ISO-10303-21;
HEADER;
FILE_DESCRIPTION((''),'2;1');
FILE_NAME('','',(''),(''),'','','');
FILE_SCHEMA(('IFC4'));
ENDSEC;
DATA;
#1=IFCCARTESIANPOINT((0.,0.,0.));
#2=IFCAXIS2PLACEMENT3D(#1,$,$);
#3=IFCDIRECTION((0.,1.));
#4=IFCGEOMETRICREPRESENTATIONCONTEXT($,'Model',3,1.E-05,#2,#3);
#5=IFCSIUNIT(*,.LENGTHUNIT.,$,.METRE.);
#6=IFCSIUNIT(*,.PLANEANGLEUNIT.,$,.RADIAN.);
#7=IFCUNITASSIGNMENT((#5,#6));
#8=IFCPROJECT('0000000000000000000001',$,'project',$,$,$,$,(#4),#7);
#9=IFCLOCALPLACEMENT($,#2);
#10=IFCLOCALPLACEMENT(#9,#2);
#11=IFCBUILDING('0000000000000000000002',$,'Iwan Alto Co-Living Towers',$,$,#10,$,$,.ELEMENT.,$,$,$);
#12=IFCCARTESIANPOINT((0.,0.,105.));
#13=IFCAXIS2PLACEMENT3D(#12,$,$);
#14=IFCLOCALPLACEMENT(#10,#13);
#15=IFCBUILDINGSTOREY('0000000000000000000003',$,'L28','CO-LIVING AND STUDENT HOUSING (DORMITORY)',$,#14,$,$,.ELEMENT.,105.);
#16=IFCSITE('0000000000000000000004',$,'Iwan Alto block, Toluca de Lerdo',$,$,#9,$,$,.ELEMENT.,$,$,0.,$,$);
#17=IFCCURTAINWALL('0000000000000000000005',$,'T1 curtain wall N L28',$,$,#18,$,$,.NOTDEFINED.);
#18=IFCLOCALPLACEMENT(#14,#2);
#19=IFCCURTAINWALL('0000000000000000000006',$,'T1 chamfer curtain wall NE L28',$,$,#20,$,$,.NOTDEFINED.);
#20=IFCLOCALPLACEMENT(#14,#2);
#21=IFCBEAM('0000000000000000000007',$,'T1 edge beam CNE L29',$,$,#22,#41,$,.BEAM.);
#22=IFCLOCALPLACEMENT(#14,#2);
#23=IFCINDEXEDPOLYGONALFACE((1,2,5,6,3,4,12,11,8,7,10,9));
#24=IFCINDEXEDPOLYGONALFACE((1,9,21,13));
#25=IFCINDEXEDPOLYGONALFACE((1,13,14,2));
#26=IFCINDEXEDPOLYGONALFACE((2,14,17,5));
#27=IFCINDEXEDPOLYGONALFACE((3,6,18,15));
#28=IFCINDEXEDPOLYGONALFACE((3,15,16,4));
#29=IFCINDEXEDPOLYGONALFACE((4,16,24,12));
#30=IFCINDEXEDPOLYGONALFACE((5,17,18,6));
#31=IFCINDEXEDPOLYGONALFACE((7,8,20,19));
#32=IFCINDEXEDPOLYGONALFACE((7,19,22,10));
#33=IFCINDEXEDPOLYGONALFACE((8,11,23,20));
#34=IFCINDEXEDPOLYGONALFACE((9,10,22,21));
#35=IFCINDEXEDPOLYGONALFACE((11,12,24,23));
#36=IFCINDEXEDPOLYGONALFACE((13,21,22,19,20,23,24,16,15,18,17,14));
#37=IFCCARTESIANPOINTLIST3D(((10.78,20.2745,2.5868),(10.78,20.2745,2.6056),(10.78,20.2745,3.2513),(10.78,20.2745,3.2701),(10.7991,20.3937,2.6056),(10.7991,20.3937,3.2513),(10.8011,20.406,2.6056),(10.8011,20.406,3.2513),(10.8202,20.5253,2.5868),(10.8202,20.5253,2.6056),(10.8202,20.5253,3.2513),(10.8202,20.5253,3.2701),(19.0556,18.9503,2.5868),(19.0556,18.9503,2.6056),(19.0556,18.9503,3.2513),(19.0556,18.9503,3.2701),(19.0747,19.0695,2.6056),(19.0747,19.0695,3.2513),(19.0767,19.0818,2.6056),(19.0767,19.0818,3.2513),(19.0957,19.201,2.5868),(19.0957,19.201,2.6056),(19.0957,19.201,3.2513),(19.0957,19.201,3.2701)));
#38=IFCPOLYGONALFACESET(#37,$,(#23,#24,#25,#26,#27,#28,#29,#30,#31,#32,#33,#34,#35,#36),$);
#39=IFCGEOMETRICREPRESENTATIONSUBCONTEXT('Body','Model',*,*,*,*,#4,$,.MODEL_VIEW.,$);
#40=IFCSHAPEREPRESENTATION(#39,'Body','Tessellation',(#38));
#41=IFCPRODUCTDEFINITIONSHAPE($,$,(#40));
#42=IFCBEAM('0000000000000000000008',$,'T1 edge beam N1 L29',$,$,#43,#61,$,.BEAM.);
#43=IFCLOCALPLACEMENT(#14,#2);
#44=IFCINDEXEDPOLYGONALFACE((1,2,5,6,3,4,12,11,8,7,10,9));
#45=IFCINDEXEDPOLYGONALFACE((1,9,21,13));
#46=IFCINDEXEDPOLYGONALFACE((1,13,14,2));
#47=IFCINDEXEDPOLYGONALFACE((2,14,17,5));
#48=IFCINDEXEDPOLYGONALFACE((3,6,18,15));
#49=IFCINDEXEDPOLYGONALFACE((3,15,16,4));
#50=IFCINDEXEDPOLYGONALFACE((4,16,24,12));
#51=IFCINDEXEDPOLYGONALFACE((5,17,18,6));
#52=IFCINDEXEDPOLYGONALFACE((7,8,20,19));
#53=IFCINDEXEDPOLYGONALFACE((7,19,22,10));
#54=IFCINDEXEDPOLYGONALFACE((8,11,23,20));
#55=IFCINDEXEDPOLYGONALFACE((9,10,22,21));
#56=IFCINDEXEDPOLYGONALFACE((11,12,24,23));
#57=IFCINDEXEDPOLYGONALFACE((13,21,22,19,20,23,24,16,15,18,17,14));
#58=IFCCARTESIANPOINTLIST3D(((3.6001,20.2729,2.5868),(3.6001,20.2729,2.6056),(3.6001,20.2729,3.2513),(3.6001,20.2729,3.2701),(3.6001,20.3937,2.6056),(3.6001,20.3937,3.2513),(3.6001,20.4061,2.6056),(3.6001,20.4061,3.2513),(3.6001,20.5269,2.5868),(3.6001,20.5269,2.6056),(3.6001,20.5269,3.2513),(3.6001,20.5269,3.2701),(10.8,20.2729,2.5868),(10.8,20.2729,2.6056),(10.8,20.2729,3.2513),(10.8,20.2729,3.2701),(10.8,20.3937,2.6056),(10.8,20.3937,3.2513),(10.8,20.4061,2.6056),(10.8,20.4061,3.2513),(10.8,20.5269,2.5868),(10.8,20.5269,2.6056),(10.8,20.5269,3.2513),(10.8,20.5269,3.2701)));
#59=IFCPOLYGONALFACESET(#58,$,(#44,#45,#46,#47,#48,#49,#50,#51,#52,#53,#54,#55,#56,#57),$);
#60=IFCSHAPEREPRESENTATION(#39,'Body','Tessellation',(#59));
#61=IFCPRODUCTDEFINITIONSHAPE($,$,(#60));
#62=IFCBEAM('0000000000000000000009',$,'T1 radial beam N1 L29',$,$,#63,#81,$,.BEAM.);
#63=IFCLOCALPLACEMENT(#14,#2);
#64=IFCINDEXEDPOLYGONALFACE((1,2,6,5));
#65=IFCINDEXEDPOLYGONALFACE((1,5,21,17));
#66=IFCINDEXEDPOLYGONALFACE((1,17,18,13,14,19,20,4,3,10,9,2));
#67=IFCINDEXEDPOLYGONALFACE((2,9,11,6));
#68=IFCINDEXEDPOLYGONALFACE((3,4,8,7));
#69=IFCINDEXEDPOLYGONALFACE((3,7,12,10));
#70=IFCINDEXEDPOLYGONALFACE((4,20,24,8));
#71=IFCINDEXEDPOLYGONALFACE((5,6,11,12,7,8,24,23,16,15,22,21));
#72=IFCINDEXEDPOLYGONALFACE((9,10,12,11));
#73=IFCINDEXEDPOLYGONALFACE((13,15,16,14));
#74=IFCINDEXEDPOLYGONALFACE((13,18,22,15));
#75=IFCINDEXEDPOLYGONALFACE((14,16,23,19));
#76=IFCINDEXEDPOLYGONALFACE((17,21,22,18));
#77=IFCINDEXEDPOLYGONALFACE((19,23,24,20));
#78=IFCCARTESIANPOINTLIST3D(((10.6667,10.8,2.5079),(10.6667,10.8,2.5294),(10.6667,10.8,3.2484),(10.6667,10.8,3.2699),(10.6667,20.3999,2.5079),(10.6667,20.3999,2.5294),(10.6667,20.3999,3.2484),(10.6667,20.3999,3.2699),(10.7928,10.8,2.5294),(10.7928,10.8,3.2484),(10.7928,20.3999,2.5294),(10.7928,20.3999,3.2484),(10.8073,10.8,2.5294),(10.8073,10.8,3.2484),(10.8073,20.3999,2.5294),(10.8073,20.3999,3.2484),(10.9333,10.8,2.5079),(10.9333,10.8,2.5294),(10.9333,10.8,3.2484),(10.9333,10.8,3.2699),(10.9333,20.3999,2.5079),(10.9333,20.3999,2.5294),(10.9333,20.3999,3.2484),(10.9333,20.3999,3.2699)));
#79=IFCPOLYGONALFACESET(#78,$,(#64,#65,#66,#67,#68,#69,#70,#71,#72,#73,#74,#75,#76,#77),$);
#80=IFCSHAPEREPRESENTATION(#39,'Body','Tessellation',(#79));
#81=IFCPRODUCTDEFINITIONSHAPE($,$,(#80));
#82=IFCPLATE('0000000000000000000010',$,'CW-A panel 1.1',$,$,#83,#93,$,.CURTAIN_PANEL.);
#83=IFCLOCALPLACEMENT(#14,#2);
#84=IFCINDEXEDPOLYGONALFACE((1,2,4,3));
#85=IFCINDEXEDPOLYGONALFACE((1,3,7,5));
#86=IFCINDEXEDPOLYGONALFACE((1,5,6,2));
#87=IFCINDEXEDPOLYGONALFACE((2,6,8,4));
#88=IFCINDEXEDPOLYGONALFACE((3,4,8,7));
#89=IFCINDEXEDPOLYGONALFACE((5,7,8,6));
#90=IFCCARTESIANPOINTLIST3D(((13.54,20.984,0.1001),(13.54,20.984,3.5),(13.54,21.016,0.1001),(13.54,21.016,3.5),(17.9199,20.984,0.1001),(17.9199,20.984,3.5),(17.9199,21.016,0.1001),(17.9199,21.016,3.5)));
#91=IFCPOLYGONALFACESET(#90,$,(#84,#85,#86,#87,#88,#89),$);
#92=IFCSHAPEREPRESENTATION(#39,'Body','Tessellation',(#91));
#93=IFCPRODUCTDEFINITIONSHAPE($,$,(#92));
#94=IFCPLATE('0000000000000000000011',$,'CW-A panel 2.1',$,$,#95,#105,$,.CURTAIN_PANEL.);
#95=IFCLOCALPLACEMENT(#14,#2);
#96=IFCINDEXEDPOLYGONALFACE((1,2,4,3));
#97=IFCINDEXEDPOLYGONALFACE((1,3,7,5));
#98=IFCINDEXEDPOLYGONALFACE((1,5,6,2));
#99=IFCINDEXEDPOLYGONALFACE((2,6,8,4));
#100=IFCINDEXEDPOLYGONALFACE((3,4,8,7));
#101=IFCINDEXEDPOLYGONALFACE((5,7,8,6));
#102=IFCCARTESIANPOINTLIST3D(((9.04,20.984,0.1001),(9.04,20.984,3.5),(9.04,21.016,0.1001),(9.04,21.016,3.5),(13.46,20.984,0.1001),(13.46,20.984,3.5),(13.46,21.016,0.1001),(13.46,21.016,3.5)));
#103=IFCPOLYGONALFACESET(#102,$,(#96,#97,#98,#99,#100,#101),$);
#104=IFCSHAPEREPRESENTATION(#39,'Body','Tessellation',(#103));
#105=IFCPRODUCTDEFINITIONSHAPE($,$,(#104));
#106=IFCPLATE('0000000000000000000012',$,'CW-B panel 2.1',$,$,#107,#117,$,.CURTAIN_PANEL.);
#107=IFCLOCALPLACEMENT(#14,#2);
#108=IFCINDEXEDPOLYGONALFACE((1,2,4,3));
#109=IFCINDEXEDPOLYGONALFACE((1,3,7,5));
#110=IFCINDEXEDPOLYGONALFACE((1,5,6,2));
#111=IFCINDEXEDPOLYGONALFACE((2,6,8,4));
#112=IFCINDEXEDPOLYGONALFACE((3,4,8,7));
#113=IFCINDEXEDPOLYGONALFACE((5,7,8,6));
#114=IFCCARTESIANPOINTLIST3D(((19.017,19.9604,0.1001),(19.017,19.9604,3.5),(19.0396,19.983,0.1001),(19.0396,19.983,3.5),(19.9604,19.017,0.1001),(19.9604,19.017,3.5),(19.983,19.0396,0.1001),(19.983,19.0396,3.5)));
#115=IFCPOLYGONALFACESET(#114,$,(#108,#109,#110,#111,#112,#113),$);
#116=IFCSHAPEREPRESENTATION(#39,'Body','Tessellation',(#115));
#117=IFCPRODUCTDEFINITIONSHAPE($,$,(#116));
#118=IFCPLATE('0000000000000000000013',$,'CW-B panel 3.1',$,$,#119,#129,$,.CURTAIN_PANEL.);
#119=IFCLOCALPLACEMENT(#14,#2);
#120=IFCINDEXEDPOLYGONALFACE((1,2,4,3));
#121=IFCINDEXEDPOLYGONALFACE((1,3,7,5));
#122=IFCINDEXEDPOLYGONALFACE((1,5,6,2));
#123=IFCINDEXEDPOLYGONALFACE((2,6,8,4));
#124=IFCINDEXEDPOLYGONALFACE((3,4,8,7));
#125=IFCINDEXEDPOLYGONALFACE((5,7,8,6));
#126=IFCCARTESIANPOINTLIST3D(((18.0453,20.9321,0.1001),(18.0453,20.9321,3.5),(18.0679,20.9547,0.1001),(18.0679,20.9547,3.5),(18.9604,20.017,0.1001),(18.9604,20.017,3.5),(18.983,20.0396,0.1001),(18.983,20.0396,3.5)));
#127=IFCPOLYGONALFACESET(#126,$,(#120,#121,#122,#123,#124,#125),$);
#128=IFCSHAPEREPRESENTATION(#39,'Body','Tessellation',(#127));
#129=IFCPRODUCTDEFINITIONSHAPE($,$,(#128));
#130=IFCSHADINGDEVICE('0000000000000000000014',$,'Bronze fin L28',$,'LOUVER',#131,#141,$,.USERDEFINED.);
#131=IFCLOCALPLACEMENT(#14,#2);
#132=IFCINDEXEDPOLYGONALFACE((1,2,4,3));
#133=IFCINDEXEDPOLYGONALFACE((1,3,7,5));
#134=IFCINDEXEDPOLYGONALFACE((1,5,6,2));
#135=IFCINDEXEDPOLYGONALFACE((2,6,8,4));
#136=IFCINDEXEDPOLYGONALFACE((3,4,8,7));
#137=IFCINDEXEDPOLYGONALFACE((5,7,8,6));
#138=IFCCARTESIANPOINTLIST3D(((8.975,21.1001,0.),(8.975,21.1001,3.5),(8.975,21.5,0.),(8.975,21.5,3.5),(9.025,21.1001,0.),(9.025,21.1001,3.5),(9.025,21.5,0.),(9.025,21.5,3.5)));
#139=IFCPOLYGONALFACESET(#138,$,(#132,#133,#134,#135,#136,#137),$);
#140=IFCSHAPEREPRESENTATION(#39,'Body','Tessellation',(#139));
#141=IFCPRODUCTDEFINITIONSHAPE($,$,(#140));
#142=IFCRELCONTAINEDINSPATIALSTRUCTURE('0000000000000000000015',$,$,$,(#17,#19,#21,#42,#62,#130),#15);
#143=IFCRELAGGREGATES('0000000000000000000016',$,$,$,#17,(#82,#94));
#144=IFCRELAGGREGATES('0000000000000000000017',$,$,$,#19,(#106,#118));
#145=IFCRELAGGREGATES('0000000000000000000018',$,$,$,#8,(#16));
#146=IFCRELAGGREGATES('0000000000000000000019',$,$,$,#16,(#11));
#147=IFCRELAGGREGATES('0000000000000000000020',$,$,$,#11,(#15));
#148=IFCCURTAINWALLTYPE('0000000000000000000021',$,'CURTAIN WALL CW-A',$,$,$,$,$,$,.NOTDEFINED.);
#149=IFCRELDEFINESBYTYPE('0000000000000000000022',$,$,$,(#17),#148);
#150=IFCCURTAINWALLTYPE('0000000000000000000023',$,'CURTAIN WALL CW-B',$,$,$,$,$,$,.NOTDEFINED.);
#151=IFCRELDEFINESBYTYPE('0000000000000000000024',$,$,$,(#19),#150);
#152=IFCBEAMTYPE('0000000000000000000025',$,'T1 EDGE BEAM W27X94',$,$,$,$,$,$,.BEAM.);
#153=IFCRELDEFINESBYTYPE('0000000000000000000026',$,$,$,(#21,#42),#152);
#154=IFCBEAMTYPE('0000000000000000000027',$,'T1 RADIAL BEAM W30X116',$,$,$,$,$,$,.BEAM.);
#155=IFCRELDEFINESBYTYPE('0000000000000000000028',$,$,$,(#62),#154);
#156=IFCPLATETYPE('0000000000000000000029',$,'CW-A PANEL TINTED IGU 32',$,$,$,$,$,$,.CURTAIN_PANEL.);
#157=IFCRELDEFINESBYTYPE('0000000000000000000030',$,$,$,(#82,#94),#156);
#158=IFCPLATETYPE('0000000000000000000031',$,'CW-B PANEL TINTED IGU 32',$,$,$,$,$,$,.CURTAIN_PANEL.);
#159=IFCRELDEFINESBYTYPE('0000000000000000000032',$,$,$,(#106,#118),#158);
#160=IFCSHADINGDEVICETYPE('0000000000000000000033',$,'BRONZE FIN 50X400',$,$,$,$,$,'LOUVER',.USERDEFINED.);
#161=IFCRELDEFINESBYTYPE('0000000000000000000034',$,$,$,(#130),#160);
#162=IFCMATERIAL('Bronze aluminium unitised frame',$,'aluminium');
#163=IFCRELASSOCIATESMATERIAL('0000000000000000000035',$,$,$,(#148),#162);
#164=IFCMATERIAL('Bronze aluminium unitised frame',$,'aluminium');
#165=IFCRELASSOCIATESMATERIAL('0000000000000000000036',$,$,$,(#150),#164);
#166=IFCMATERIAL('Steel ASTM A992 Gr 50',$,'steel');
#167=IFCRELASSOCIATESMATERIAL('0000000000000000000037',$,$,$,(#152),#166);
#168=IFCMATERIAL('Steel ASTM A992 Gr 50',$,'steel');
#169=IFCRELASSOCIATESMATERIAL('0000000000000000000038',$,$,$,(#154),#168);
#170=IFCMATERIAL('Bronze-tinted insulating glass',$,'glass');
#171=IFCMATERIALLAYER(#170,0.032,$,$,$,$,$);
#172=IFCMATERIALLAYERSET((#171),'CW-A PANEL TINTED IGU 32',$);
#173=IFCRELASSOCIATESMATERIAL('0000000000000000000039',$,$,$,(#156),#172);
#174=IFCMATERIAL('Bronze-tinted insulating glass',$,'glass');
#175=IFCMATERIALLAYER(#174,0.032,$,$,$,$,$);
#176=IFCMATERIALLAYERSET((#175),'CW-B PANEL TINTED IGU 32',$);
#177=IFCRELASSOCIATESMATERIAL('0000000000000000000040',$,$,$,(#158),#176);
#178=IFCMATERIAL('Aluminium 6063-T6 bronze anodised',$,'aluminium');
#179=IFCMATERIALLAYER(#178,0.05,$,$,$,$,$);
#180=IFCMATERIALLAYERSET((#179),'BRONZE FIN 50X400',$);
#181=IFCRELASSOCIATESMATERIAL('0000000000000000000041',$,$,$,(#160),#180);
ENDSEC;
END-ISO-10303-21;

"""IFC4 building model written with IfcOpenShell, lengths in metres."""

from ifc_helpers import new_model, si_unit, direction, frame, origin, origin_2d, place, context, subcontext, project, spatial, rectangle, i_section, extrude, material, layer, layer_set, material_profile, profile_set, type_object, element, aggregate, save


model = new_model("IFC4")

# Units and contexts
model_context = context("Model", 3, precision=1e-05, world=origin(), true_north=direction((0.0, 1.0)))
body_context = subcontext(model_context, "Body", "Model", "MODEL_VIEW")
ifc_project = project(units=[si_unit("LENGTHUNIT", "METRE"), si_unit("PLANEANGLEUNIT", "RADIAN")], contexts=[model_context])

# Site, building, storey
site_placement = place(None, origin())
site = spatial("IfcSite", under=ifc_project, at=site_placement, Name="Iwan Alto block, Toluca de Lerdo", CompositionType="ELEMENT", RefElevation=0.0)
building_placement = place(site_placement, origin())
building = spatial("IfcBuilding", under=site, at=building_placement, Name="Iwan Alto Co-Living Towers", CompositionType="ELEMENT")
storey_placement = place(building_placement, frame((0.0, 0.0, 105.0)))
storey = spatial("IfcBuildingStorey", under=building, at=storey_placement, Name="L28", Description="CO-LIVING AND STUDENT HOUSING (DORMITORY)", CompositionType="ELEMENT", Elevation=105.0)

# Curtain walls
ifc_material_1 = material(Name="Bronze aluminium unitised frame", Category="aluminium")
curtain_wall_type_1 = type_object("IfcCurtainWallType", Name="CURTAIN WALL CW-A", PredefinedType="NOTDEFINED", material=ifc_material_1)
curtain_wall_1_placement = place(storey_placement, origin())
curtain_wall_1 = element("IfcCurtainWall", 1, at=curtain_wall_1_placement, inside=storey, type_object=curtain_wall_type_1, Name="T1 curtain wall N L28", PredefinedType="NOTDEFINED")
ifc_material_2 = material(Name="Bronze aluminium unitised frame", Category="aluminium")
curtain_wall_type_2 = type_object("IfcCurtainWallType", Name="CURTAIN WALL CW-B", PredefinedType="NOTDEFINED", material=ifc_material_2)
curtain_wall_2_placement = place(storey_placement, origin())
curtain_wall_2 = element("IfcCurtainWall", 2, at=curtain_wall_2_placement, inside=storey, type_object=curtain_wall_type_2, Name="T1 chamfer curtain wall NE L28", PredefinedType="NOTDEFINED")

# Beams
ifc_material_3 = material(Name="Steel ASTM A992 Gr 50", Category="steel")
ifc_material_profile_1 = material_profile(ifc_material_3, i_section(OverallWidth=0.2539, OverallDepth=0.6833, WebThickness=0.0125, FlangeThickness=0.0188, at=origin_2d()), Name="W27X94")
ifc_profile_set_1 = profile_set([ifc_material_profile_1], Name="Steel ASTM A992 Gr 50")
beam_type_1 = type_object("IfcBeamType", Name="T1 EDGE BEAM W27X94", PredefinedType="BEAM", material=ifc_profile_set_1)
beam_1_placement = place(storey_placement, frame((19.0757, 19.0757, 2.9285), z_axis=(-0.987438, 0.158004, 0.0), x_axis=(-0.158004, -0.987438, 0.0)))
element("IfcBeam", 3, at=beam_1_placement, inside=storey, type_object=beam_type_1, Name="T1 edge beam CNE L29", PredefinedType="BEAM", context=body_context, shape_type="SweptSolid", body=[
    extrude(i_section(OverallWidth=0.2539, OverallDepth=0.6833, WebThickness=0.0125, FlangeThickness=0.0188, at=origin_2d()), origin(), (0.0, 0.0, 1.0), 8.3809),
])
beam_2_placement = place(storey_placement, frame((10.8, 20.3999, 2.9285), z_axis=(-1.0, 0.0, 0.0), x_axis=(0.0, -1.0, 0.0)))
element("IfcBeam", 4, at=beam_2_placement, inside=storey, type_object=beam_type_1, Name="T1 edge beam N1 L29", PredefinedType="BEAM", context=body_context, shape_type="SweptSolid", body=[
    extrude(i_section(OverallWidth=0.2539, OverallDepth=0.6833, WebThickness=0.0125, FlangeThickness=0.0188, at=origin_2d()), origin(), (0.0, 0.0, 1.0), 7.2),
])
ifc_material_4 = material(Name="Steel ASTM A992 Gr 50", Category="steel")
ifc_material_profile_2 = material_profile(ifc_material_4, i_section(OverallWidth=0.2666, OverallDepth=0.762, WebThickness=0.0144, FlangeThickness=0.0215, at=origin_2d()), Name="W30X116")
ifc_profile_set_2 = profile_set([ifc_material_profile_2], Name="Steel ASTM A992 Gr 50")
beam_type_2 = type_object("IfcBeamType", Name="T1 RADIAL BEAM W30X116", PredefinedType="BEAM", material=ifc_profile_set_2)
beam_3_placement = place(storey_placement, frame((10.8, 20.3999, 2.8889), z_axis=(0.0, -1.0, 0.0), x_axis=(1.0, 0.0, 0.0)))
element("IfcBeam", 5, at=beam_3_placement, inside=storey, type_object=beam_type_2, Name="T1 radial beam N1 L29", PredefinedType="BEAM", context=body_context, shape_type="SweptSolid", body=[
    extrude(i_section(OverallWidth=0.2666, OverallDepth=0.762, WebThickness=0.0144, FlangeThickness=0.0215, at=origin_2d()), origin(), (0.0, 0.0, 1.0), 9.5999),
])

# Plates
ifc_material_5 = material(Name="Bronze-tinted insulating glass", Category="glass")
ifc_layer_1 = layer(ifc_material_5, 0.032)
ifc_layer_set_1 = layer_set([ifc_layer_1], Name="CW-A PANEL TINTED IGU 32")
plate_type_1 = type_object("IfcPlateType", Name="CW-A PANEL TINTED IGU 32", PredefinedType="CURTAIN_PANEL", material=ifc_layer_set_1)
plate_1_placement = place(storey_placement, frame((15.73, 21.0, 0.1001), z_axis=(0.0, 0.0, 1.0), x_axis=(-1.0, 0.0, 0.0)))
plate_1 = element("IfcPlate", 6, at=plate_1_placement, type_object=plate_type_1, Name="CW-A panel 1.1", PredefinedType="CURTAIN_PANEL", context=body_context, shape_type="SweptSolid", body=[
    extrude(rectangle(XDim=4.3799, YDim=0.032, at=origin_2d()), origin(), (0.0, 0.0, 1.0), 3.3999),
])
plate_2_placement = place(storey_placement, frame((11.25, 21.0, 0.1001), z_axis=(0.0, 0.0, 1.0), x_axis=(-1.0, 0.0, 0.0)))
plate_2 = element("IfcPlate", 7, at=plate_2_placement, type_object=plate_type_1, Name="CW-A panel 2.1", PredefinedType="CURTAIN_PANEL", context=body_context, shape_type="SweptSolid", body=[
    extrude(rectangle(XDim=4.4199, YDim=0.032, at=origin_2d()), origin(), (0.0, 0.0, 1.0), 3.3999),
])
aggregate(curtain_wall_1, [plate_1, plate_2])
ifc_material_6 = material(Name="Bronze-tinted insulating glass", Category="glass")
ifc_layer_2 = layer(ifc_material_6, 0.032)
ifc_layer_set_2 = layer_set([ifc_layer_2], Name="CW-B PANEL TINTED IGU 32")
plate_type_2 = type_object("IfcPlateType", Name="CW-B PANEL TINTED IGU 32", PredefinedType="CURTAIN_PANEL", material=ifc_layer_set_2)
plate_3_placement = place(storey_placement, frame((19.5, 19.5, 0.1001), z_axis=(0.0, 0.0, 1.0), x_axis=(-0.707107, 0.707107, 0.0)))
plate_3 = element("IfcPlate", 8, at=plate_3_placement, type_object=plate_type_2, Name="CW-B panel 2.1", PredefinedType="CURTAIN_PANEL", context=body_context, shape_type="SweptSolid", body=[
    extrude(rectangle(XDim=1.3342, YDim=0.032, at=origin_2d()), origin(), (0.0, 0.0, 1.0), 3.3999),
])
plate_4_placement = place(storey_placement, frame((18.5142, 20.4858, 0.1001), z_axis=(0.0, 0.0, 1.0), x_axis=(-0.707107, 0.707107, 0.0)))
plate_4 = element("IfcPlate", 9, at=plate_4_placement, type_object=plate_type_2, Name="CW-B panel 3.1", PredefinedType="CURTAIN_PANEL", context=body_context, shape_type="SweptSolid", body=[
    extrude(rectangle(XDim=1.2942, YDim=0.032, at=origin_2d()), origin(), (0.0, 0.0, 1.0), 3.3999),
])
aggregate(curtain_wall_2, [plate_3, plate_4])

# Shading device
ifc_material_7 = material(Name="Aluminium 6063-T6 bronze anodised", Category="aluminium")
ifc_layer_3 = layer(ifc_material_7, 0.05)
ifc_layer_set_3 = layer_set([ifc_layer_3], Name="BRONZE FIN 50X400")
shading_device_type = type_object("IfcShadingDeviceType", Name="BRONZE FIN 50X400", ElementType="LOUVER", PredefinedType="USERDEFINED", material=ifc_layer_set_3)
shading_device_placement = place(storey_placement, frame((9.0, 21.3, 0.0), z_axis=(0.0, 0.0, 1.0), x_axis=(-1.0, 0.0, 0.0)))
element("IfcShadingDevice", 10, at=shading_device_placement, inside=storey, type_object=shading_device_type, Name="Bronze fin L28", ObjectType="LOUVER", PredefinedType="USERDEFINED", context=body_context, shape_type="SweptSolid", body=[
    extrude(rectangle(XDim=0.05, YDim=0.3999, at=origin_2d()), origin(), (0.0, 0.0, 1.0), 3.5),
])

save(model, "model.ifc")
